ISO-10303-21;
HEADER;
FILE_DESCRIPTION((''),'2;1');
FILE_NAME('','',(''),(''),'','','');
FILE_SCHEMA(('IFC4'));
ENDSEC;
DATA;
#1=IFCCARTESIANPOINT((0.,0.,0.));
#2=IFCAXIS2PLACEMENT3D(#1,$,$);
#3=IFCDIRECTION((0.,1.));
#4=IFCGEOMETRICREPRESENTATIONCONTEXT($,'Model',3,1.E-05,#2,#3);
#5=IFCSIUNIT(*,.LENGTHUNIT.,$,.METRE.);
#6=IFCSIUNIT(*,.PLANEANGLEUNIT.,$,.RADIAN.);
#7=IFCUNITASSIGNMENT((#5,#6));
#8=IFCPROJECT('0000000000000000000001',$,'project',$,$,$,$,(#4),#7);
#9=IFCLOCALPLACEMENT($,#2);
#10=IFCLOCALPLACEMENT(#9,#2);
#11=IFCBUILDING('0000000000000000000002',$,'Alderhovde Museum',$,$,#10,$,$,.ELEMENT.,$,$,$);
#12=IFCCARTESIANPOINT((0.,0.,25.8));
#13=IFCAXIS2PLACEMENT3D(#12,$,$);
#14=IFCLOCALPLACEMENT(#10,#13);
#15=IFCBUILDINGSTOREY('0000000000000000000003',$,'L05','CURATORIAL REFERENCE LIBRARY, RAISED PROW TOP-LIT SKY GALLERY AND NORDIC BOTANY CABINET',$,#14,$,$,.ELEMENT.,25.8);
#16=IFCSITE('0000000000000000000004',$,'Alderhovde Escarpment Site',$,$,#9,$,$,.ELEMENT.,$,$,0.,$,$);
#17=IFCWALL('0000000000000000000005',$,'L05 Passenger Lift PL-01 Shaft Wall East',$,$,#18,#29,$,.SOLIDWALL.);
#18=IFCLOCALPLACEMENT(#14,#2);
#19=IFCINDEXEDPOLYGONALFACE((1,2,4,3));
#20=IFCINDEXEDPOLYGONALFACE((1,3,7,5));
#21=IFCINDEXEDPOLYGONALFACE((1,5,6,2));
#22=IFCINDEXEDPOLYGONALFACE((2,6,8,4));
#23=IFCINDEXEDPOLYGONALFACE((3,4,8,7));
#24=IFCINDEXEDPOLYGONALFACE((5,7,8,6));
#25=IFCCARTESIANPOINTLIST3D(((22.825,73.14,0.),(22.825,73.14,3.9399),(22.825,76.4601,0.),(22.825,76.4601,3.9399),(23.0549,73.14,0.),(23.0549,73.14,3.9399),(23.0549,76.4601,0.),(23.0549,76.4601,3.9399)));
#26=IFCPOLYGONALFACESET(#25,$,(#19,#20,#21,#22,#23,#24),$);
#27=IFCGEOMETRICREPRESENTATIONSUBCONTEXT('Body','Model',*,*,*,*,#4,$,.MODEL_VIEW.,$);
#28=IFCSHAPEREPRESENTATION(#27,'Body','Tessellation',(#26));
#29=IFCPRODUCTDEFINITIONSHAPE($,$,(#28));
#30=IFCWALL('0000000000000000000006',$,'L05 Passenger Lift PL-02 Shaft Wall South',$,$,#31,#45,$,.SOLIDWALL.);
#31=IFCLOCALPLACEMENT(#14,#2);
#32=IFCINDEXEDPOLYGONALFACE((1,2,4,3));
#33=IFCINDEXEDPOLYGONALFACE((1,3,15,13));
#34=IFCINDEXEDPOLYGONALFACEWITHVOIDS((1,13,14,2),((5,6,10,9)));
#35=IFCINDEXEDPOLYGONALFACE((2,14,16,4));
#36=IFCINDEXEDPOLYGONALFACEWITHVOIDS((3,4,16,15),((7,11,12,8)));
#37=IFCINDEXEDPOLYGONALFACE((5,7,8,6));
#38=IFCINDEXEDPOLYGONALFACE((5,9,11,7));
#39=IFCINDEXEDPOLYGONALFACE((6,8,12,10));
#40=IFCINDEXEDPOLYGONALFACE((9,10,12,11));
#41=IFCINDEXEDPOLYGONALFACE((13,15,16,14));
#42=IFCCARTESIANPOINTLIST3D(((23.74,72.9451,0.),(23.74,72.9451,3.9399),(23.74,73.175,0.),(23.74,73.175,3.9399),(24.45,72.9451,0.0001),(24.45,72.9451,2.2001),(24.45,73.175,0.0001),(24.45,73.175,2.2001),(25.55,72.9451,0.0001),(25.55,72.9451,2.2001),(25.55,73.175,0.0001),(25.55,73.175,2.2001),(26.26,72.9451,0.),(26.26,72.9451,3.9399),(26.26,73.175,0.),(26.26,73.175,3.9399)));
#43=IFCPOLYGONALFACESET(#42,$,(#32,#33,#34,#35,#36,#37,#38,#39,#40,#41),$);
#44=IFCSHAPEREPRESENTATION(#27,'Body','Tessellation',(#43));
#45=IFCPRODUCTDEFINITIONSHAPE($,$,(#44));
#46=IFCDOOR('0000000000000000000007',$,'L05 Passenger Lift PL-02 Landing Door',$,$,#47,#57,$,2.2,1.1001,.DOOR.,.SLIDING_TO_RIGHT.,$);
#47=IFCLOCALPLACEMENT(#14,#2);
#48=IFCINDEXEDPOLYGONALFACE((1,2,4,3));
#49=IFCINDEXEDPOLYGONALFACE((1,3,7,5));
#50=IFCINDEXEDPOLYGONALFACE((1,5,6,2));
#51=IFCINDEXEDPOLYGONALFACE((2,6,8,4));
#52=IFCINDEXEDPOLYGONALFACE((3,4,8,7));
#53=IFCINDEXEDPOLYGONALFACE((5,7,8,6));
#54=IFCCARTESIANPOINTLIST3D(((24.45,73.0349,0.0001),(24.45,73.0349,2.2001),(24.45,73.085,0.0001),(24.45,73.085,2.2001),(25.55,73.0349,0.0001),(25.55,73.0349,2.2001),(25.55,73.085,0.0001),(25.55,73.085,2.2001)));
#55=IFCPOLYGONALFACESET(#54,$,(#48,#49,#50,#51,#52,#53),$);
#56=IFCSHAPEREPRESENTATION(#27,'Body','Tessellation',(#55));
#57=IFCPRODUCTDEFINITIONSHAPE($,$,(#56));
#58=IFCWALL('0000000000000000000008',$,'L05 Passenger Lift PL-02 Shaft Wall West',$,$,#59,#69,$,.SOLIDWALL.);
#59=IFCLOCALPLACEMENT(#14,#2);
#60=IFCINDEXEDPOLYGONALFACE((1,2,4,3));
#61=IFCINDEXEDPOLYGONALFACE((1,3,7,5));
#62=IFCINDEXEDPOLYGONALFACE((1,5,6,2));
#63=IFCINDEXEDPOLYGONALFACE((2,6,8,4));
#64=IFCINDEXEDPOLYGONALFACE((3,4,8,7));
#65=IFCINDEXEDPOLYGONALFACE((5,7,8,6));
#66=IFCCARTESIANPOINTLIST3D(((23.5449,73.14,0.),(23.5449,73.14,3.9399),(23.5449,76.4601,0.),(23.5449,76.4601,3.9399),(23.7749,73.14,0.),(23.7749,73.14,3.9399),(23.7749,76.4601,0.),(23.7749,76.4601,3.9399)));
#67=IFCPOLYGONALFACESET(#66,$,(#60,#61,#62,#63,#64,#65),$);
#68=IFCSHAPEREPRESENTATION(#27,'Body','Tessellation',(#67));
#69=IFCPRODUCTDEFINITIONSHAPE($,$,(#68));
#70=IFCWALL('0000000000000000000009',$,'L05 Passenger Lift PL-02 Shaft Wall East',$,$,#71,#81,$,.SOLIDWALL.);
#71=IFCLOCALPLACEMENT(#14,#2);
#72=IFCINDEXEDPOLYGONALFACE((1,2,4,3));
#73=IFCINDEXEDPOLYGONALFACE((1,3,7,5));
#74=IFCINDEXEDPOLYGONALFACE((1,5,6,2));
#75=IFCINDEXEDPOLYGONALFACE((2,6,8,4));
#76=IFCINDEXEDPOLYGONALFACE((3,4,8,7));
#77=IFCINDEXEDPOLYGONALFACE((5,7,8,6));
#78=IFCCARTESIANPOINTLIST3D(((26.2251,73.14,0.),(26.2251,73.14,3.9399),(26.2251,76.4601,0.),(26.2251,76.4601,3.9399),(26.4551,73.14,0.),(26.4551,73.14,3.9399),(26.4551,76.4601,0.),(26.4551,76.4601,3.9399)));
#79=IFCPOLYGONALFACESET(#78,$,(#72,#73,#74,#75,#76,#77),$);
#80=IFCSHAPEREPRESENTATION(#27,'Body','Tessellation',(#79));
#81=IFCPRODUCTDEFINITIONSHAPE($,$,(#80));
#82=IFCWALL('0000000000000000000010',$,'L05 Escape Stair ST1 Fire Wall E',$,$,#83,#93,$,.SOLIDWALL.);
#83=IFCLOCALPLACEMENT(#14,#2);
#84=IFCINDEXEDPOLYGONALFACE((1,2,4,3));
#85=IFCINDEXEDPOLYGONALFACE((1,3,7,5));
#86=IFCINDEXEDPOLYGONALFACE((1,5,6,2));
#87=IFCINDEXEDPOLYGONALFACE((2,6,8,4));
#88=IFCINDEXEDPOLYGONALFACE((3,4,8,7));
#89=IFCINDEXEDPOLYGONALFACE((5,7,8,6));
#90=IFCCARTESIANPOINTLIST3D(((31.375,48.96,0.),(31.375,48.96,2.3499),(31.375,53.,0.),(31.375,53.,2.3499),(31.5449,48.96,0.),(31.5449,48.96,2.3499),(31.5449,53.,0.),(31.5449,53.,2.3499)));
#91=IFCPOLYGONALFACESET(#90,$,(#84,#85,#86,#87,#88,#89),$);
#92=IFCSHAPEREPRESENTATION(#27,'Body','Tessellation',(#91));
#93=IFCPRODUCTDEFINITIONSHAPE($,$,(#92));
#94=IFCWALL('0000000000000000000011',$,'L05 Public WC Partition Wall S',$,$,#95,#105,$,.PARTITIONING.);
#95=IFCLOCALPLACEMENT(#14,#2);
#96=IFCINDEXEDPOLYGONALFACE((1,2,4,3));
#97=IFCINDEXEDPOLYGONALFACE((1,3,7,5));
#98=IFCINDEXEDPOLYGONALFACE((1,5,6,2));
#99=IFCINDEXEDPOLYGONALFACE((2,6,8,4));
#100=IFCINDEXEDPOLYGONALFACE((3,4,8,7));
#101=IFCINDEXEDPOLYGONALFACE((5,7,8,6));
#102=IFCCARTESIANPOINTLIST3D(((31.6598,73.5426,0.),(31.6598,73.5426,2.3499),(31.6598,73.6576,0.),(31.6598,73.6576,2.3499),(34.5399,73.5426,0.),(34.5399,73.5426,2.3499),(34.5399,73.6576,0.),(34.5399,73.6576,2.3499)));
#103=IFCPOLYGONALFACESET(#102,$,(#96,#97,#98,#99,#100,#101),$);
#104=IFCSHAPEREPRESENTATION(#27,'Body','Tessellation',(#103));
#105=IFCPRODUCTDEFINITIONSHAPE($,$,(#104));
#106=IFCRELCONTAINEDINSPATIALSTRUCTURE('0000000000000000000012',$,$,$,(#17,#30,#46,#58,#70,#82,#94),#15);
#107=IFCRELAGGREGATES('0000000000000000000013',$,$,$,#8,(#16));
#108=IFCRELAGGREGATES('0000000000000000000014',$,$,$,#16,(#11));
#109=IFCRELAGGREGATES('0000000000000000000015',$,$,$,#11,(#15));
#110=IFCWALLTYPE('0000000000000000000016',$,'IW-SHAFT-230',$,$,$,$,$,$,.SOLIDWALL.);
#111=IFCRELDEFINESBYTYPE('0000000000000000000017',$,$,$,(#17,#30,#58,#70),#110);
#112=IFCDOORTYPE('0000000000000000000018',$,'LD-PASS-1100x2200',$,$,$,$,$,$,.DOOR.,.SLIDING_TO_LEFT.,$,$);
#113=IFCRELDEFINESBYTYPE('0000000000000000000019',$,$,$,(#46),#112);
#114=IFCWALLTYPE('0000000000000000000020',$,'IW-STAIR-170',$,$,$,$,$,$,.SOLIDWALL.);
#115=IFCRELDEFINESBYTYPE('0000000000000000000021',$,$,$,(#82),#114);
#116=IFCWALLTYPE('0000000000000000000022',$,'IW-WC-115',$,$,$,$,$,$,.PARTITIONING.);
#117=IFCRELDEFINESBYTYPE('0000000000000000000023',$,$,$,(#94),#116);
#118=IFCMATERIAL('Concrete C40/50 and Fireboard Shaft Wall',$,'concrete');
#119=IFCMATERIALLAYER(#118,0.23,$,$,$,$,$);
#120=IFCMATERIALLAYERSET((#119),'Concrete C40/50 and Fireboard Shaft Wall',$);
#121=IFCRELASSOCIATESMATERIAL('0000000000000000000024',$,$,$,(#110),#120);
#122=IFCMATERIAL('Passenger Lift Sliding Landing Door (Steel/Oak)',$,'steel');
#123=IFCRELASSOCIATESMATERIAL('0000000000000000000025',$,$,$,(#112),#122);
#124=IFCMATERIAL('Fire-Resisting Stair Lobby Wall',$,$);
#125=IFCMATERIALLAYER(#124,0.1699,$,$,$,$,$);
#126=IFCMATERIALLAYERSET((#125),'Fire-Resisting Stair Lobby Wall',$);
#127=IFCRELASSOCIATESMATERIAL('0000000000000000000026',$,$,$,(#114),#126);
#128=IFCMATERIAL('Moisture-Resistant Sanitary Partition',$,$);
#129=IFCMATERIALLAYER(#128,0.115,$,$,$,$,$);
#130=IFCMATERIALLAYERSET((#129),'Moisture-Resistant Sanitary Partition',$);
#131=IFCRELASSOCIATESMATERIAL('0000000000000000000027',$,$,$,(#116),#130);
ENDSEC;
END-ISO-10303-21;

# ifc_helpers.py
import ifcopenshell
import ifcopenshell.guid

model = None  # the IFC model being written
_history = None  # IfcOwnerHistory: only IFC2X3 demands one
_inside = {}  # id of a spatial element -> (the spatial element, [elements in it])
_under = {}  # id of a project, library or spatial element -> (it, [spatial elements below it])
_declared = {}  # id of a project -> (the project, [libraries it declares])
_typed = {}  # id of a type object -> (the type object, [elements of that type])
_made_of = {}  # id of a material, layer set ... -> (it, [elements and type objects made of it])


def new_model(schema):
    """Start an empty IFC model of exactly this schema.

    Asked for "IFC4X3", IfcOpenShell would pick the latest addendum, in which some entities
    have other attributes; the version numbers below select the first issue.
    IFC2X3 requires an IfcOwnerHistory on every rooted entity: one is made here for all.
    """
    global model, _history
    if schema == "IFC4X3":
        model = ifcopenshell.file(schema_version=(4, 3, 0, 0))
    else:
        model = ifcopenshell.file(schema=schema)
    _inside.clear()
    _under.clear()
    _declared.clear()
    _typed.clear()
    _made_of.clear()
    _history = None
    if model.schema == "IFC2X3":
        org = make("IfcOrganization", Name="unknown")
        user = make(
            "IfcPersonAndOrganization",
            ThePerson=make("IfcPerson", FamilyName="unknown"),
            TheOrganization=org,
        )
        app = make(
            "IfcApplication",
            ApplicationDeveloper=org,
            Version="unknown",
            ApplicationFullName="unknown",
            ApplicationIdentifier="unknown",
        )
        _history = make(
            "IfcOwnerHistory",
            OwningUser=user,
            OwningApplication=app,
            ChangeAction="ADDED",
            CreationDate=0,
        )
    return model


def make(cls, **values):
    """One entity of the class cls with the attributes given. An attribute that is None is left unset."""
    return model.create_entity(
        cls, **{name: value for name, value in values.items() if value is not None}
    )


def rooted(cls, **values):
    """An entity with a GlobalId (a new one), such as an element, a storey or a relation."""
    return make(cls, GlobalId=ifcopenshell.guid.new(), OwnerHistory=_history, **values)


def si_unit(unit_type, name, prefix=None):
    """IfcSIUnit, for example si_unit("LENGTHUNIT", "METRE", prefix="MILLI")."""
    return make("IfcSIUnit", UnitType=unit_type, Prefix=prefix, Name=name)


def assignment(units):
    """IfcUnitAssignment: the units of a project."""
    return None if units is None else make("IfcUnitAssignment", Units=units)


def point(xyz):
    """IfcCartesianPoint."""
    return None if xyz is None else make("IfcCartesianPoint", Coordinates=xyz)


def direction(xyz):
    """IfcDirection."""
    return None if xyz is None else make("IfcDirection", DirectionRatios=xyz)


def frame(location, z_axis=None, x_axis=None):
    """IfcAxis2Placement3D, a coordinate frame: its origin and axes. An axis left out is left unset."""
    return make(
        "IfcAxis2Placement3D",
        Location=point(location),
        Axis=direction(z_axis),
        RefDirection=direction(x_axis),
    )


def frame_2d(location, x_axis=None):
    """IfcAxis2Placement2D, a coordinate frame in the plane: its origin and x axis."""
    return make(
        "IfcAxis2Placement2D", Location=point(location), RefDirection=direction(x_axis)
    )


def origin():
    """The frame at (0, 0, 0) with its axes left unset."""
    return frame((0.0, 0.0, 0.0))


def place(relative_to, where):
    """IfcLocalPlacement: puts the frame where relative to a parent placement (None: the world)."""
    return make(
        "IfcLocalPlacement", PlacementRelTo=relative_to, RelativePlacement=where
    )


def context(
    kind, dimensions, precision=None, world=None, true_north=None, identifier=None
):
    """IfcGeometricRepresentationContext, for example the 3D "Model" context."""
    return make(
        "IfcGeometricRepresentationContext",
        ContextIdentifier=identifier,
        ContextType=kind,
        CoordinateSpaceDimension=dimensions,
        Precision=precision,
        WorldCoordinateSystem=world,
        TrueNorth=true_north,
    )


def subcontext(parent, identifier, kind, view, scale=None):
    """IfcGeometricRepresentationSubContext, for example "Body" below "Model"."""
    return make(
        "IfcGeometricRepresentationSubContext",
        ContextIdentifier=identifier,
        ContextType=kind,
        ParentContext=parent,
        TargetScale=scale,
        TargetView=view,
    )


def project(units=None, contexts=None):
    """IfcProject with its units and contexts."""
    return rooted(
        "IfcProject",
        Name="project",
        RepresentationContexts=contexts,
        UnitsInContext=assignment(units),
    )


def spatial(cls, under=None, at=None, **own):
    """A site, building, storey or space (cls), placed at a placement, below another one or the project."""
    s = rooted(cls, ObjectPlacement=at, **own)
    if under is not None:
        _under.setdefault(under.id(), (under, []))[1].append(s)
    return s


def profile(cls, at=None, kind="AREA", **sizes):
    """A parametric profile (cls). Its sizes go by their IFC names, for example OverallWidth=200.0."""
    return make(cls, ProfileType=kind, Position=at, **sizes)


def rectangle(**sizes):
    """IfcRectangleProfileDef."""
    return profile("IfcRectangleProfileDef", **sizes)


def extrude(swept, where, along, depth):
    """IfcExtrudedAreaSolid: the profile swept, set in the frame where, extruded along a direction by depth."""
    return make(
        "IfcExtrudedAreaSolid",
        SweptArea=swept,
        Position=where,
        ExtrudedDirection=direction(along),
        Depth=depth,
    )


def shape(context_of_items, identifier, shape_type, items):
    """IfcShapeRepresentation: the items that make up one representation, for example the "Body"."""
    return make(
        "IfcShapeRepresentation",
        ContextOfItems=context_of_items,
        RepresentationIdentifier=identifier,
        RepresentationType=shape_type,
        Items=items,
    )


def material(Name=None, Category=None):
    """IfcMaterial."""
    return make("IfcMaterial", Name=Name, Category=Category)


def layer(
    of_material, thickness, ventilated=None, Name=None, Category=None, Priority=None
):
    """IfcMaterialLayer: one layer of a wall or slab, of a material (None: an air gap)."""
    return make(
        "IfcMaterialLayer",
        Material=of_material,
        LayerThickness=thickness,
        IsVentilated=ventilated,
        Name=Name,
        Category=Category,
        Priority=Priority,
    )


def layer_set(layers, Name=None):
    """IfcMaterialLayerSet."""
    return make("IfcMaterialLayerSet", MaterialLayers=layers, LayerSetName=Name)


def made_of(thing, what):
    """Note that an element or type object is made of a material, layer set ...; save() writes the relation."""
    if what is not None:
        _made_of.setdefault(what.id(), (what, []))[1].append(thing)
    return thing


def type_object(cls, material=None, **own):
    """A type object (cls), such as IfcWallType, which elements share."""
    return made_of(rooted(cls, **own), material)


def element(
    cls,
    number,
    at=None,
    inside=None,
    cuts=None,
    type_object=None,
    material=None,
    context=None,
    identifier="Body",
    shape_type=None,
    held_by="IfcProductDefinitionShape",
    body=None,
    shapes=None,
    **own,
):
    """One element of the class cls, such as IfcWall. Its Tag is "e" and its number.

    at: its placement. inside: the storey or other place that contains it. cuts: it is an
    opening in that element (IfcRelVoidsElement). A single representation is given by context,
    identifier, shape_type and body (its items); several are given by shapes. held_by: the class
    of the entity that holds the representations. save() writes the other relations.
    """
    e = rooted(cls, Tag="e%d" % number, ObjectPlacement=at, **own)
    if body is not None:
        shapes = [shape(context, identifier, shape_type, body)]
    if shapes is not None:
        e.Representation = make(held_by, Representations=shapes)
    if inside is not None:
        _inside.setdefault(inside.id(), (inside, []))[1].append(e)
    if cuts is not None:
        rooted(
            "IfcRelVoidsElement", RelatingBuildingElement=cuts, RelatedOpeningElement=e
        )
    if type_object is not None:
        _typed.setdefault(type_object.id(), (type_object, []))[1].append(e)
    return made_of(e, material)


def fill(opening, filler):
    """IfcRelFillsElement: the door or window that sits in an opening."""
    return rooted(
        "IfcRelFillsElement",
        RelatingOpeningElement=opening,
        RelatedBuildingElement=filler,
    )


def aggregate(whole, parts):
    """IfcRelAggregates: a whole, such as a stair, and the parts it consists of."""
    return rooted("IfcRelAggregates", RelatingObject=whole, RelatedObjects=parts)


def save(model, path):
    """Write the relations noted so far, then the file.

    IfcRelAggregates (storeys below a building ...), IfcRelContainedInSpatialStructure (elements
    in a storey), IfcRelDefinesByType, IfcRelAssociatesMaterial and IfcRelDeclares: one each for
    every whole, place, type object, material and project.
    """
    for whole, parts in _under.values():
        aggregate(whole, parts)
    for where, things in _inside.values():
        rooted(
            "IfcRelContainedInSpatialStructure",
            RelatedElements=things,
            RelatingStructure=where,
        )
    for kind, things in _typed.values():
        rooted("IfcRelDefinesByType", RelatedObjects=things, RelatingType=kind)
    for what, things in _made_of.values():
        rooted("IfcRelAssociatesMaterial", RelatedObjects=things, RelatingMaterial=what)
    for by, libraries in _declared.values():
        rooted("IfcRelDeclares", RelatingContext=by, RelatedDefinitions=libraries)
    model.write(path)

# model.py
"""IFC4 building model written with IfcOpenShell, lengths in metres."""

from ifc_helpers import new_model, si_unit, direction, frame, frame_2d, origin, place, context, subcontext, project, spatial, rectangle, extrude, material, layer, layer_set, type_object, element, fill, save


model = new_model("IFC4")

# Units and contexts
model_context = context("Model", 3, precision=1e-05, world=origin(), true_north=direction((0.0, 1.0)))
body_context = subcontext(model_context, "Body", "Model", "MODEL_VIEW")
ifc_project = project(units=[si_unit("LENGTHUNIT", "METRE"), si_unit("PLANEANGLEUNIT", "RADIAN")], contexts=[model_context])

# Site, building, storey
site_placement = place(None, origin())
site = spatial("IfcSite", under=ifc_project, at=site_placement, Name="Alderhovde Escarpment Site", CompositionType="ELEMENT", RefElevation=0.0)
building_placement = place(site_placement, origin())
building = spatial("IfcBuilding", under=site, at=building_placement, Name="Alderhovde Museum", CompositionType="ELEMENT")
storey_placement = place(building_placement, frame((0.0, 0.0, 25.8)))
storey = spatial("IfcBuildingStorey", under=building, at=storey_placement, Name="L05", Description="CURATORIAL REFERENCE LIBRARY, RAISED PROW TOP-LIT SKY GALLERY AND NORDIC BOTANY CABINET", CompositionType="ELEMENT", Elevation=25.8)

# Wall
ifc_material_1 = material(Name="Concrete C40/50 and Fireboard Shaft Wall", Category="concrete")
ifc_layer_1 = layer(ifc_material_1, 0.23)
ifc_layer_set_1 = layer_set([ifc_layer_1], Name="Concrete C40/50 and Fireboard Shaft Wall")
wall_type_1 = type_object("IfcWallType", Name="IW-SHAFT-230", PredefinedType="SOLIDWALL", material=ifc_layer_set_1)
wall_1_placement = place(storey_placement, frame((22.9399, 73.1399, 0.0), z_axis=(0.0, 0.0, 1.0), x_axis=(0.0, 1.0, 0.0)))
element("IfcWall", 1, at=wall_1_placement, inside=storey, type_object=wall_type_1, Name="L05 Passenger Lift PL-01 Shaft Wall East", PredefinedType="SOLIDWALL", context=body_context, shape_type="SweptSolid", body=[
    extrude(rectangle(XDim=3.3201, YDim=0.23, at=frame_2d((1.6602, 0.0))), origin(), (0.0, 0.0, 1.0), 3.9399),
])

# Wall, opening, door
wall_2_placement = place(storey_placement, frame((23.74, 73.0601, 0.0), z_axis=(0.0, 0.0, 1.0), x_axis=(1.0, 0.0, 0.0)))
wall_2 = element("IfcWall", 2, at=wall_2_placement, inside=storey, type_object=wall_type_1, Name="L05 Passenger Lift PL-02 Shaft Wall South", PredefinedType="SOLIDWALL", context=body_context, shape_type="SweptSolid", body=[
    extrude(rectangle(XDim=2.52, YDim=0.23, at=frame_2d((1.26, 0.0))), origin(), (0.0, 0.0, 1.0), 3.9399),
])
opening_1_placement = place(wall_2_placement, frame((0.71, 0.0, 0.0)))
opening_1 = element("IfcOpeningElement", 3, at=opening_1_placement, cuts=wall_2, PredefinedType="OPENING", context=body_context, shape_type="SweptSolid", body=[
    extrude(rectangle(XDim=1.1001, YDim=2.2, at=frame_2d((0.55, 1.1001))), frame((0.0, 0.125, 0.0), z_axis=(0.0, -1.0, 0.0), x_axis=(1.0, 0.0, 0.0)), (0.0, 0.0, 1.0), 0.25),
])
ifc_material_2 = material(Name="Passenger Lift Sliding Landing Door (Steel/Oak)", Category="steel")
door_type_1 = type_object("IfcDoorType", Name="LD-PASS-1100x2200", OperationType="SLIDING_TO_LEFT", PredefinedType="DOOR", material=ifc_material_2)
door_1_placement = place(opening_1_placement, origin())
door_1 = element("IfcDoor", 4, at=door_1_placement, inside=storey, type_object=door_type_1, Name="L05 Passenger Lift PL-02 Landing Door", OperationType="SLIDING_TO_RIGHT", OverallHeight=2.2, OverallWidth=1.1001, PredefinedType="DOOR", context=body_context, shape_type="SweptSolid", body=[
    extrude(rectangle(XDim=1.1001, YDim=2.2, at=frame_2d((0.55, 1.1001))), frame((0.0, 0.0249, 0.0), z_axis=(0.0, -1.0, 0.0), x_axis=(1.0, 0.0, 0.0)), (0.0, 0.0, 1.0), 0.05),
])
fill(opening_1, door_1)

# Walls
for number, where, z_axis, x_axis, name in (
    (5, (23.6599, 73.1399, 0.0), (0.0, 0.0, 1.0), (0.0, 1.0, 0.0), "L05 Passenger Lift PL-02 Shaft Wall West"),
    (6, (26.3401, 73.1399, 0.0), (0.0, 0.0, 1.0), (0.0, 1.0, 0.0), "L05 Passenger Lift PL-02 Shaft Wall East"),
):
    element("IfcWall", number, at=place(storey_placement, frame(where, z_axis=z_axis, x_axis=x_axis)), inside=storey, type_object=wall_type_1, Name=name, PredefinedType="SOLIDWALL", context=body_context, shape_type="SweptSolid", body=[
        extrude(rectangle(XDim=3.3201, YDim=0.23, at=frame_2d((1.6602, 0.0))), origin(), (0.0, 0.0, 1.0), 3.9399),
    ])
ifc_material_3 = material(Name="Fire-Resisting Stair Lobby Wall")
ifc_layer_2 = layer(ifc_material_3, 0.1699)
ifc_layer_set_2 = layer_set([ifc_layer_2], Name="Fire-Resisting Stair Lobby Wall")
wall_type_2 = type_object("IfcWallType", Name="IW-STAIR-170", PredefinedType="SOLIDWALL", material=ifc_layer_set_2)
wall_3_placement = place(storey_placement, frame((31.46, 48.96, 0.0), z_axis=(0.0, 0.0, 1.0), x_axis=(0.0, 1.0, 0.0)))
element("IfcWall", 7, at=wall_3_placement, inside=storey, type_object=wall_type_2, Name="L05 Escape Stair ST1 Fire Wall E", PredefinedType="SOLIDWALL", context=body_context, shape_type="SweptSolid", body=[
    extrude(rectangle(XDim=4.04, YDim=0.1699, at=frame_2d((2.02, 0.0))), origin(), (0.0, 0.0, 1.0), 2.3499),
])
ifc_material_4 = material(Name="Moisture-Resistant Sanitary Partition")
ifc_layer_3 = layer(ifc_material_4, 0.115)
ifc_layer_set_3 = layer_set([ifc_layer_3], Name="Moisture-Resistant Sanitary Partition")
wall_type_3 = type_object("IfcWallType", Name="IW-WC-115", PredefinedType="PARTITIONING", material=ifc_layer_set_3)
wall_4_placement = place(storey_placement, frame((31.6599, 73.6001, 0.0), z_axis=(0.0, 0.0, 1.0), x_axis=(1.0, 0.0, 0.0)))
element("IfcWall", 8, at=wall_4_placement, inside=storey, type_object=wall_type_3, Name="L05 Public WC Partition Wall S", PredefinedType="PARTITIONING", context=body_context, shape_type="SweptSolid", body=[
    extrude(rectangle(XDim=2.8801, YDim=0.115, at=frame_2d((1.4399, 0.0))), origin(), (0.0, 0.0, 1.0), 2.3499),
])

save(model, "model.ifc")
